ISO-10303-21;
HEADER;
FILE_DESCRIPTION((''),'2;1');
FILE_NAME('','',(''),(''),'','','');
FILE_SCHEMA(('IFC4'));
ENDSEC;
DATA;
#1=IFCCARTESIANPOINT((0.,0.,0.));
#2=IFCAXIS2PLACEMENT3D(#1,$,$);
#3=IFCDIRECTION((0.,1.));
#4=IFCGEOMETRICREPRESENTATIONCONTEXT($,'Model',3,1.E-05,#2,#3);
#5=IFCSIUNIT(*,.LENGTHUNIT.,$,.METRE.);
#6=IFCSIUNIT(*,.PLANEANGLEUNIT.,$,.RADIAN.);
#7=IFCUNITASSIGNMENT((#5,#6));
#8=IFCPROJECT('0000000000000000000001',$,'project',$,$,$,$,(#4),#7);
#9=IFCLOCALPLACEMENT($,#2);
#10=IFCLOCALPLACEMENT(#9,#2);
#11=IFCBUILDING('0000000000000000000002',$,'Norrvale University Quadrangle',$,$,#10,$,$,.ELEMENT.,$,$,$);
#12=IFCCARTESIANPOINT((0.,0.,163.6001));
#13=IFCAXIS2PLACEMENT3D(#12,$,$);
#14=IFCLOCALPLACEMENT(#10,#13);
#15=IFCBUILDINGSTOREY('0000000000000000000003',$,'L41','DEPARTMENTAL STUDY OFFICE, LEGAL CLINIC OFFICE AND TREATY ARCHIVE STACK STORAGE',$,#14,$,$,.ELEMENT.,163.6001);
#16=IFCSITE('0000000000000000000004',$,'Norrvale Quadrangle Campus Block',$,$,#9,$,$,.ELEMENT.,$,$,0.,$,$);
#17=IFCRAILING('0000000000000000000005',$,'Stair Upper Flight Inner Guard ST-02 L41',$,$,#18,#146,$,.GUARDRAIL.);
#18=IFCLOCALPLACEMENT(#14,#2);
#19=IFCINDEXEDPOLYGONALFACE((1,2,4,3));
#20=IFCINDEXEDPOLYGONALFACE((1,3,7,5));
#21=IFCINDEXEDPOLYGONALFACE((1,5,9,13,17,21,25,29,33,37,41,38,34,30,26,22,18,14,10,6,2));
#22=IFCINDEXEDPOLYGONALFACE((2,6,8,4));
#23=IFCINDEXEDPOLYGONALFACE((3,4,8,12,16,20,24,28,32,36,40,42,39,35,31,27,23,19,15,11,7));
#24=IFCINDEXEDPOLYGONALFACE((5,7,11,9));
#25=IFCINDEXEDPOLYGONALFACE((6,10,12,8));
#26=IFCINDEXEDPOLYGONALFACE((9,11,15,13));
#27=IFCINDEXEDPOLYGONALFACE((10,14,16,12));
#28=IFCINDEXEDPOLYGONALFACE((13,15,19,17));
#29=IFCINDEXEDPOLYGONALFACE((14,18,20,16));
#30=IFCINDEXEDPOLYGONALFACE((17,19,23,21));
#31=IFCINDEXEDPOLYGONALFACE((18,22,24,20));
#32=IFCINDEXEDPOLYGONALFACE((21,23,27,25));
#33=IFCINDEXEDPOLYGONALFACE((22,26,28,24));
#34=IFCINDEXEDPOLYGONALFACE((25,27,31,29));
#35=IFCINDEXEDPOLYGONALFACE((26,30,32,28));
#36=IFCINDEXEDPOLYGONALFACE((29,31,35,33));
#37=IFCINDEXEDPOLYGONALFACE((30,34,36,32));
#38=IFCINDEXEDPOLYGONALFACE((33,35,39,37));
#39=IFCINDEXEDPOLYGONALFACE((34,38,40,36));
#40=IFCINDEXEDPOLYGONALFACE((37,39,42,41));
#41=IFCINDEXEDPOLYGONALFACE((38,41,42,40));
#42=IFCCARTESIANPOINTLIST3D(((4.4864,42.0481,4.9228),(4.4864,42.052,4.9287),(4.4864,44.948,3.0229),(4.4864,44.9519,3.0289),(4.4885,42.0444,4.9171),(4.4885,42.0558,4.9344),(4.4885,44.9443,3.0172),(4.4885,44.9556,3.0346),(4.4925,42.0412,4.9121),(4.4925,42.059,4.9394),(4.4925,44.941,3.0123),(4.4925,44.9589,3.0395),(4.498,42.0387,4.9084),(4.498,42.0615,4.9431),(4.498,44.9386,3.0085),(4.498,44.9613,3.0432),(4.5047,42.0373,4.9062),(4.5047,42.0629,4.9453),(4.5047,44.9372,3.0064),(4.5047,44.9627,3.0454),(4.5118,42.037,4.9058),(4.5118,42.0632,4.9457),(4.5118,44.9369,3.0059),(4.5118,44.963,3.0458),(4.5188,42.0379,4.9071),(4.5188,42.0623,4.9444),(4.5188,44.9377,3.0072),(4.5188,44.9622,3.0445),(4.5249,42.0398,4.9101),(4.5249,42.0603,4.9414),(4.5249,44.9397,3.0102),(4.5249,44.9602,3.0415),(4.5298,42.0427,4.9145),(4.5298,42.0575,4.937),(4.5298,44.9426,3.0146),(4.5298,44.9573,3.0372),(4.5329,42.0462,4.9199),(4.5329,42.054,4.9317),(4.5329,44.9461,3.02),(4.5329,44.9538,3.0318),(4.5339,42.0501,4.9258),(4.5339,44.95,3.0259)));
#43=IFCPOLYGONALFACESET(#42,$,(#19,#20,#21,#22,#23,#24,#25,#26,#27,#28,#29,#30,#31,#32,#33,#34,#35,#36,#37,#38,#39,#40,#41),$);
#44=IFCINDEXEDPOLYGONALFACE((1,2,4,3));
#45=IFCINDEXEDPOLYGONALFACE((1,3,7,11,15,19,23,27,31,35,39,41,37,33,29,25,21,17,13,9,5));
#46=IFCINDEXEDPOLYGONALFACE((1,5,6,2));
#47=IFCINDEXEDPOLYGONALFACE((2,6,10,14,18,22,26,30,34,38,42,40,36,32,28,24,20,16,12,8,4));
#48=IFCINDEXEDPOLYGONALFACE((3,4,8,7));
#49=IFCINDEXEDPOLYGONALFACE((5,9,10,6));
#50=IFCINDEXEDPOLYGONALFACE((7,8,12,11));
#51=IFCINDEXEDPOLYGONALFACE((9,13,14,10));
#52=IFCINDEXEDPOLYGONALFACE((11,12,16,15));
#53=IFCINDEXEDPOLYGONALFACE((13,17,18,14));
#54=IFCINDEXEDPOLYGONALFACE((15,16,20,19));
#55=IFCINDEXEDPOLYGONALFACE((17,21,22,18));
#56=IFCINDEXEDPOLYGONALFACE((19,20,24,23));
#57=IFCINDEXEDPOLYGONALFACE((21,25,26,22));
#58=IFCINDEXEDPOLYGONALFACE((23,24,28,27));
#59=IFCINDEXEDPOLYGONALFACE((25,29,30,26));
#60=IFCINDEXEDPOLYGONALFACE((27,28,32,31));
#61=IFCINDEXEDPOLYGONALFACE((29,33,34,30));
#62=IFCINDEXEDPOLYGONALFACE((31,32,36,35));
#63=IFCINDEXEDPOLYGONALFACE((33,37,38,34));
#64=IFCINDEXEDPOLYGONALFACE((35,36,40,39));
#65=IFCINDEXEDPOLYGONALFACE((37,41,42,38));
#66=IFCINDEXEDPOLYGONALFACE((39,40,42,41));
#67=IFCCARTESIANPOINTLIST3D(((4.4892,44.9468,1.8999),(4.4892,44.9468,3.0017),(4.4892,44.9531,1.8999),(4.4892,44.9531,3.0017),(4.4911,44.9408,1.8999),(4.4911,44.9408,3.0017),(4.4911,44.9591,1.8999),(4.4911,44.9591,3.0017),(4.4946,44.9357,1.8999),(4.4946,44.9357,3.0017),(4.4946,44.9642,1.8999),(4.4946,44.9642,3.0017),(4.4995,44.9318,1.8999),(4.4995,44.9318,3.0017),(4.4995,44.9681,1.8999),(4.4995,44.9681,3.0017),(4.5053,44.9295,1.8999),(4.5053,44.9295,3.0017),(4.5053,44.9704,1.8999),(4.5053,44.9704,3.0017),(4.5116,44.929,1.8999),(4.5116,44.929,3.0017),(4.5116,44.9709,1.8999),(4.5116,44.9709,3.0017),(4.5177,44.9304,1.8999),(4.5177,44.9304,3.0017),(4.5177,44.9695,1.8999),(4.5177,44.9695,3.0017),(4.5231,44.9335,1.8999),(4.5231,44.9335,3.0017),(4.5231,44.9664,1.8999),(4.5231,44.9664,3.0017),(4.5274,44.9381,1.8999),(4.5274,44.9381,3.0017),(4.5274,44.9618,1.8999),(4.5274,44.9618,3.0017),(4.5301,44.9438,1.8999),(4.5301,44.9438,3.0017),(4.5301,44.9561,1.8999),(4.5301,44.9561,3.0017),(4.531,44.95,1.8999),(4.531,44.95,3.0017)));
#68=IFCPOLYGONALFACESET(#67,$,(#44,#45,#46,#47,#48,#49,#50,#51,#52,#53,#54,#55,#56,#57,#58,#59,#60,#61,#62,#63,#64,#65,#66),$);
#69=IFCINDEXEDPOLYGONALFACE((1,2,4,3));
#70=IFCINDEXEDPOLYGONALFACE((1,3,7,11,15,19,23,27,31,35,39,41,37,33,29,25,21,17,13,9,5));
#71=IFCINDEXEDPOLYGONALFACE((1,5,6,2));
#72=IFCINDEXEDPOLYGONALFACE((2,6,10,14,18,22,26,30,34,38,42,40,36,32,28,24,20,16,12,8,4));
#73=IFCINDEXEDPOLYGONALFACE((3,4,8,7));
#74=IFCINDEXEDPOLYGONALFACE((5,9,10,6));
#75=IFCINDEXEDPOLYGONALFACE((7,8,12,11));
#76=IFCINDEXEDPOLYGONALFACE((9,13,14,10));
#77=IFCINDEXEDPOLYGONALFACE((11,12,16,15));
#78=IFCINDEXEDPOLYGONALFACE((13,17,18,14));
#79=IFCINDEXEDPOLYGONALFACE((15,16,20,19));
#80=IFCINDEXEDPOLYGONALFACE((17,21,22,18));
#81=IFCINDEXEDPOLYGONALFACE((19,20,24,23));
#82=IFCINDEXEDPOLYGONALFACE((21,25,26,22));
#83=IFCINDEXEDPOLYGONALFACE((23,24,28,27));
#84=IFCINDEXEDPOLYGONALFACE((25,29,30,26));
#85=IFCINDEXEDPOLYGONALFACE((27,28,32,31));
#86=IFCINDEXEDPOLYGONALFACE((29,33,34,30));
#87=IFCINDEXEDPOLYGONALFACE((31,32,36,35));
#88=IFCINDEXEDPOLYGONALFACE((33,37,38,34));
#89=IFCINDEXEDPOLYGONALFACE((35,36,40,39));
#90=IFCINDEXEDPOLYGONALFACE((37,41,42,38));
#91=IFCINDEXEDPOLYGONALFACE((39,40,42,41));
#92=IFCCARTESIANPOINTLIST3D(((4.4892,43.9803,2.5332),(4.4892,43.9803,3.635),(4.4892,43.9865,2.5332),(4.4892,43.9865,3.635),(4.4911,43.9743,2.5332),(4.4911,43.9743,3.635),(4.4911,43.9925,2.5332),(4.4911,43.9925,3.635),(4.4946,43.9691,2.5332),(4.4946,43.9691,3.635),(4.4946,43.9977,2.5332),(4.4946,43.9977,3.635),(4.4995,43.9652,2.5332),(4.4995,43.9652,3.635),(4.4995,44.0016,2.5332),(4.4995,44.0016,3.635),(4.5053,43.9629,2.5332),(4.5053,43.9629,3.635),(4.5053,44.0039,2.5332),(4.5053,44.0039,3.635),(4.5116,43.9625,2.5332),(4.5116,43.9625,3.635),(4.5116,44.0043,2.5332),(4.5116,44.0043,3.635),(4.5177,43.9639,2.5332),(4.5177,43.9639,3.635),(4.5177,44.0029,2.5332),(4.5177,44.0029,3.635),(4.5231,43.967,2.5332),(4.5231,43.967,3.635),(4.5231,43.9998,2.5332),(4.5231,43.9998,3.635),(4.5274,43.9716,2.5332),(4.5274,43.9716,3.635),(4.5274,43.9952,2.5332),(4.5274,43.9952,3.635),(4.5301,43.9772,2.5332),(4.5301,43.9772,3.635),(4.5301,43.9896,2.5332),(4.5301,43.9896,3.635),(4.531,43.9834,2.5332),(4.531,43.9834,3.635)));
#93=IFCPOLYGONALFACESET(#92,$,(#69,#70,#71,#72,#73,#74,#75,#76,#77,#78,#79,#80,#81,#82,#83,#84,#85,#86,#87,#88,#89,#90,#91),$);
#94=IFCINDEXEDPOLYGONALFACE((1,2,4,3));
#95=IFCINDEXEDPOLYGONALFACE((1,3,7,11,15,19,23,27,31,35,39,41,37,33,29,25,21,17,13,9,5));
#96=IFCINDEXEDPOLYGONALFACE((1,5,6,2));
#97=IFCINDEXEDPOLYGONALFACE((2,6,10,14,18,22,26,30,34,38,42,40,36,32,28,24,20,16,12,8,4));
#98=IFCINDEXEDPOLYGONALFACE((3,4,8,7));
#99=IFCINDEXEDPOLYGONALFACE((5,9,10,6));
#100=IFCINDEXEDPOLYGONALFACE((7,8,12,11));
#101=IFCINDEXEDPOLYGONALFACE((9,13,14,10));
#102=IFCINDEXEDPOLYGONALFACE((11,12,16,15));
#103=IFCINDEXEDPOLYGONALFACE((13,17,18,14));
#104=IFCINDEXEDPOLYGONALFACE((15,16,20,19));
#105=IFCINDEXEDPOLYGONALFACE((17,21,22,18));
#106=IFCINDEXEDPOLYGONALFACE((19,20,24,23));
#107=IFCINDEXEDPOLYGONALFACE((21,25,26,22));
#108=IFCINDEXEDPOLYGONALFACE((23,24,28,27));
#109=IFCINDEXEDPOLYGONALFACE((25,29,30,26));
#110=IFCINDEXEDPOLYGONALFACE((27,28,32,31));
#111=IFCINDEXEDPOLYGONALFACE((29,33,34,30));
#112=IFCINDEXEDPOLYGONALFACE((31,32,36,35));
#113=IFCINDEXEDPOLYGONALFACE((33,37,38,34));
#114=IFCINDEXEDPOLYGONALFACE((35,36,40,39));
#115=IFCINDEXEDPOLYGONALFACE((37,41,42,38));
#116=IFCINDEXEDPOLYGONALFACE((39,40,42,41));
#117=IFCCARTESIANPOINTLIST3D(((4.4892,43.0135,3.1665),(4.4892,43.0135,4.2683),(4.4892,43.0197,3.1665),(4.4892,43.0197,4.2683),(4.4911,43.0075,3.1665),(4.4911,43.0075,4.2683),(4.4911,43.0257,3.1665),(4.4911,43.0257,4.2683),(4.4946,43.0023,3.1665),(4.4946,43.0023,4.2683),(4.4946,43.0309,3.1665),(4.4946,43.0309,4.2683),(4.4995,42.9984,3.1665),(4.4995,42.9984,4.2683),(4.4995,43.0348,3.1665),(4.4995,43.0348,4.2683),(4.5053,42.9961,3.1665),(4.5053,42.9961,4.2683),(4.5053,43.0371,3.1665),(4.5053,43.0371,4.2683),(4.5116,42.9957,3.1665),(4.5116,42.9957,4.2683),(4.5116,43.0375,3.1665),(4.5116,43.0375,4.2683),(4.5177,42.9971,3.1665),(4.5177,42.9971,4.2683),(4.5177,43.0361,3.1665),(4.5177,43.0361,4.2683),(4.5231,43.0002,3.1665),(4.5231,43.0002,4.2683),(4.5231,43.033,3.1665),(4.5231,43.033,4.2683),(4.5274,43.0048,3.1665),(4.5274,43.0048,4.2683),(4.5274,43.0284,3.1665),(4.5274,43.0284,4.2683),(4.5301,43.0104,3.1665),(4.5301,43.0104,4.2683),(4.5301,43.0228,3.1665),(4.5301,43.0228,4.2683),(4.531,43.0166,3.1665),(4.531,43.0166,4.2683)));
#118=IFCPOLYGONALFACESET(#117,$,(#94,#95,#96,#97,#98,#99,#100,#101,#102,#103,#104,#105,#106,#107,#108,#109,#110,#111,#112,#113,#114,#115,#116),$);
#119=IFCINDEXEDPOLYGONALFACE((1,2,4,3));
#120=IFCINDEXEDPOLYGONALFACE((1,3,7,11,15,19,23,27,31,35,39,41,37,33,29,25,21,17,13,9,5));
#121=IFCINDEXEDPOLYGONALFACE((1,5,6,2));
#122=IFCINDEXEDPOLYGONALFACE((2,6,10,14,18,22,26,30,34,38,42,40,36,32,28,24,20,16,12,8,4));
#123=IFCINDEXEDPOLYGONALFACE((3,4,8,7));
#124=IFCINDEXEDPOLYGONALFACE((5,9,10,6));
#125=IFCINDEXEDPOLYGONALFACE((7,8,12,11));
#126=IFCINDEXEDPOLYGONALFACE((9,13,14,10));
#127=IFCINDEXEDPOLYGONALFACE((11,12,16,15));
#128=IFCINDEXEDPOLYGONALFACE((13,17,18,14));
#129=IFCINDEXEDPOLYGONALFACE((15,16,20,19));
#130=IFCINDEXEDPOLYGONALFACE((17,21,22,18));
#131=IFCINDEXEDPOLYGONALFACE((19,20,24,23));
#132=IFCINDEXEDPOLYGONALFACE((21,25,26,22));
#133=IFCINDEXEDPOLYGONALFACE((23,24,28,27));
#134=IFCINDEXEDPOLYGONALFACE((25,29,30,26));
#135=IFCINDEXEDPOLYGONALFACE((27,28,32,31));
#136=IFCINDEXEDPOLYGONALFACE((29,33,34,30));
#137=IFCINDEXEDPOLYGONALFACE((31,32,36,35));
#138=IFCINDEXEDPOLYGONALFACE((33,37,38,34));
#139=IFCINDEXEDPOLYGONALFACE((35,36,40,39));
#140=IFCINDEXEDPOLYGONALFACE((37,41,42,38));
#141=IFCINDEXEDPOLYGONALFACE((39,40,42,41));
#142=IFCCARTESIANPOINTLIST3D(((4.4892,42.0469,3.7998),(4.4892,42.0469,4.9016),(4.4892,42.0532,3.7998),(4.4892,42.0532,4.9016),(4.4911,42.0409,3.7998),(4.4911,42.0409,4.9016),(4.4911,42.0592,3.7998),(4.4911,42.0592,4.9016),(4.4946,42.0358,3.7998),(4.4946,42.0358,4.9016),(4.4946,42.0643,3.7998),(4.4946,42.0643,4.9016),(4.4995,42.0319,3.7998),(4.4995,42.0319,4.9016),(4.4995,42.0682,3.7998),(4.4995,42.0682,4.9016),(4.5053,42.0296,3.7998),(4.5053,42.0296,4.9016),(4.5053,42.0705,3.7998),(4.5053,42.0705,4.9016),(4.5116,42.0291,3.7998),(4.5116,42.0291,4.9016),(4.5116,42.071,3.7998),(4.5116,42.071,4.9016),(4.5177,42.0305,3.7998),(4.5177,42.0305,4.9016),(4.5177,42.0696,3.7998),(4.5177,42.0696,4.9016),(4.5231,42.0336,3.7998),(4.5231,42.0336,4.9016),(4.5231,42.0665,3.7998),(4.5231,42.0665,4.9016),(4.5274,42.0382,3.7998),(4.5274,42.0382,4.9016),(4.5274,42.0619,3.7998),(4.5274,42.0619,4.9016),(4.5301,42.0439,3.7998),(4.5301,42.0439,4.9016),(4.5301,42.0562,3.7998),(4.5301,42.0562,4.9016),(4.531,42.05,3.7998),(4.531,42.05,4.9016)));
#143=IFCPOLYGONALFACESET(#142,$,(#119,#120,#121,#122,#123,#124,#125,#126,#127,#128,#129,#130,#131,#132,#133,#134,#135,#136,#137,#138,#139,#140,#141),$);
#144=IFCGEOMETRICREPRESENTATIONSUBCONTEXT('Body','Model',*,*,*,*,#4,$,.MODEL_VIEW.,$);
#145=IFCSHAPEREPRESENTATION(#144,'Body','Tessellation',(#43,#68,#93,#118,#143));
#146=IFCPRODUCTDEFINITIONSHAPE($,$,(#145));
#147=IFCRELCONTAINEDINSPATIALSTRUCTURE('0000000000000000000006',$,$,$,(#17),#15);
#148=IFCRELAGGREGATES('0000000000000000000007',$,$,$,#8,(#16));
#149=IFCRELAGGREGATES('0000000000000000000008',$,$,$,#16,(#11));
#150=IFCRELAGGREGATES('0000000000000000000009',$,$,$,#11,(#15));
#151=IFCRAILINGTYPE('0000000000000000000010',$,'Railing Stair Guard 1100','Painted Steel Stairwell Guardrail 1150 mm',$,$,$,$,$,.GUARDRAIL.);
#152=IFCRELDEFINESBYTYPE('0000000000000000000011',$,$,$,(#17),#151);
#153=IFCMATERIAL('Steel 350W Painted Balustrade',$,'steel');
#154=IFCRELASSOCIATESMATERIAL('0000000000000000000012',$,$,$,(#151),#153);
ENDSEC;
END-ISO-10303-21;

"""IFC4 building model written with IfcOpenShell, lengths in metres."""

from ifc_helpers import new_model, si_unit, direction, frame, origin, origin_2d, place, context, subcontext, project, spatial, circle, extrude, material, type_object, element, save


model = new_model("IFC4")

# Units and contexts
model_context = context("Model", 3, precision=1e-05, world=origin(), true_north=direction((0.0, 1.0)))
body_context = subcontext(model_context, "Body", "Model", "MODEL_VIEW")
ifc_project = project(units=[si_unit("LENGTHUNIT", "METRE"), si_unit("PLANEANGLEUNIT", "RADIAN")], contexts=[model_context])

# Site, building, storey
site_placement = place(None, origin())
site = spatial("IfcSite", under=ifc_project, at=site_placement, Name="Norrvale Quadrangle Campus Block", CompositionType="ELEMENT", RefElevation=0.0)
building_placement = place(site_placement, origin())
building = spatial("IfcBuilding", under=site, at=building_placement, Name="Norrvale University Quadrangle", CompositionType="ELEMENT")
storey_placement = place(building_placement, frame((0.0, 0.0, 163.6001)))
storey = spatial("IfcBuildingStorey", under=building, at=storey_placement, Name="L41", Description="DEPARTMENTAL STUDY OFFICE, LEGAL CLINIC OFFICE AND TREATY ARCHIVE STACK STORAGE", CompositionType="ELEMENT", Elevation=163.6001)

# Railing
ifc_material_1 = material(Name="Steel 350W Painted Balustrade", Category="steel")
railing_type_1 = type_object("IfcRailingType", Name="Railing Stair Guard 1100", Description="Painted Steel Stairwell Guardrail 1150 mm", PredefinedType="GUARDRAIL", material=ifc_material_1)
railing_1_placement = place(storey_placement, frame((4.51, 44.95, 1.8999)))
element("IfcRailing", 1, at=railing_1_placement, inside=storey, type_object=railing_type_1, Name="Stair Upper Flight Inner Guard ST-02 L41", PredefinedType="GUARDRAIL", context=body_context, shape_type="SweptSolid", body=[
    extrude(circle(Radius=0.0239, at=origin_2d()), frame((0.0, 0.0, 1.126), z_axis=(0.0, -0.836466, 0.548019), x_axis=(1.0, 0.0, 0.0)), (0.0, 0.0, 1.0), 3.4668),
    extrude(circle(Radius=0.021, at=origin_2d()), origin(), (0.0, 0.0, 1.0), 1.1018),
    extrude(circle(Radius=0.021, at=origin_2d()), frame((0.0, -0.9666, 0.6333)), (0.0, 0.0, 1.0), 1.1018),
    extrude(circle(Radius=0.021, at=origin_2d()), frame((0.0, -1.9333, 1.2666)), (0.0, 0.0, 1.0), 1.1018),
    extrude(circle(Radius=0.021, at=origin_2d()), frame((0.0, -2.8999, 1.8999)), (0.0, 0.0, 1.0), 1.1018),
])

save(model, "model.ifc")
